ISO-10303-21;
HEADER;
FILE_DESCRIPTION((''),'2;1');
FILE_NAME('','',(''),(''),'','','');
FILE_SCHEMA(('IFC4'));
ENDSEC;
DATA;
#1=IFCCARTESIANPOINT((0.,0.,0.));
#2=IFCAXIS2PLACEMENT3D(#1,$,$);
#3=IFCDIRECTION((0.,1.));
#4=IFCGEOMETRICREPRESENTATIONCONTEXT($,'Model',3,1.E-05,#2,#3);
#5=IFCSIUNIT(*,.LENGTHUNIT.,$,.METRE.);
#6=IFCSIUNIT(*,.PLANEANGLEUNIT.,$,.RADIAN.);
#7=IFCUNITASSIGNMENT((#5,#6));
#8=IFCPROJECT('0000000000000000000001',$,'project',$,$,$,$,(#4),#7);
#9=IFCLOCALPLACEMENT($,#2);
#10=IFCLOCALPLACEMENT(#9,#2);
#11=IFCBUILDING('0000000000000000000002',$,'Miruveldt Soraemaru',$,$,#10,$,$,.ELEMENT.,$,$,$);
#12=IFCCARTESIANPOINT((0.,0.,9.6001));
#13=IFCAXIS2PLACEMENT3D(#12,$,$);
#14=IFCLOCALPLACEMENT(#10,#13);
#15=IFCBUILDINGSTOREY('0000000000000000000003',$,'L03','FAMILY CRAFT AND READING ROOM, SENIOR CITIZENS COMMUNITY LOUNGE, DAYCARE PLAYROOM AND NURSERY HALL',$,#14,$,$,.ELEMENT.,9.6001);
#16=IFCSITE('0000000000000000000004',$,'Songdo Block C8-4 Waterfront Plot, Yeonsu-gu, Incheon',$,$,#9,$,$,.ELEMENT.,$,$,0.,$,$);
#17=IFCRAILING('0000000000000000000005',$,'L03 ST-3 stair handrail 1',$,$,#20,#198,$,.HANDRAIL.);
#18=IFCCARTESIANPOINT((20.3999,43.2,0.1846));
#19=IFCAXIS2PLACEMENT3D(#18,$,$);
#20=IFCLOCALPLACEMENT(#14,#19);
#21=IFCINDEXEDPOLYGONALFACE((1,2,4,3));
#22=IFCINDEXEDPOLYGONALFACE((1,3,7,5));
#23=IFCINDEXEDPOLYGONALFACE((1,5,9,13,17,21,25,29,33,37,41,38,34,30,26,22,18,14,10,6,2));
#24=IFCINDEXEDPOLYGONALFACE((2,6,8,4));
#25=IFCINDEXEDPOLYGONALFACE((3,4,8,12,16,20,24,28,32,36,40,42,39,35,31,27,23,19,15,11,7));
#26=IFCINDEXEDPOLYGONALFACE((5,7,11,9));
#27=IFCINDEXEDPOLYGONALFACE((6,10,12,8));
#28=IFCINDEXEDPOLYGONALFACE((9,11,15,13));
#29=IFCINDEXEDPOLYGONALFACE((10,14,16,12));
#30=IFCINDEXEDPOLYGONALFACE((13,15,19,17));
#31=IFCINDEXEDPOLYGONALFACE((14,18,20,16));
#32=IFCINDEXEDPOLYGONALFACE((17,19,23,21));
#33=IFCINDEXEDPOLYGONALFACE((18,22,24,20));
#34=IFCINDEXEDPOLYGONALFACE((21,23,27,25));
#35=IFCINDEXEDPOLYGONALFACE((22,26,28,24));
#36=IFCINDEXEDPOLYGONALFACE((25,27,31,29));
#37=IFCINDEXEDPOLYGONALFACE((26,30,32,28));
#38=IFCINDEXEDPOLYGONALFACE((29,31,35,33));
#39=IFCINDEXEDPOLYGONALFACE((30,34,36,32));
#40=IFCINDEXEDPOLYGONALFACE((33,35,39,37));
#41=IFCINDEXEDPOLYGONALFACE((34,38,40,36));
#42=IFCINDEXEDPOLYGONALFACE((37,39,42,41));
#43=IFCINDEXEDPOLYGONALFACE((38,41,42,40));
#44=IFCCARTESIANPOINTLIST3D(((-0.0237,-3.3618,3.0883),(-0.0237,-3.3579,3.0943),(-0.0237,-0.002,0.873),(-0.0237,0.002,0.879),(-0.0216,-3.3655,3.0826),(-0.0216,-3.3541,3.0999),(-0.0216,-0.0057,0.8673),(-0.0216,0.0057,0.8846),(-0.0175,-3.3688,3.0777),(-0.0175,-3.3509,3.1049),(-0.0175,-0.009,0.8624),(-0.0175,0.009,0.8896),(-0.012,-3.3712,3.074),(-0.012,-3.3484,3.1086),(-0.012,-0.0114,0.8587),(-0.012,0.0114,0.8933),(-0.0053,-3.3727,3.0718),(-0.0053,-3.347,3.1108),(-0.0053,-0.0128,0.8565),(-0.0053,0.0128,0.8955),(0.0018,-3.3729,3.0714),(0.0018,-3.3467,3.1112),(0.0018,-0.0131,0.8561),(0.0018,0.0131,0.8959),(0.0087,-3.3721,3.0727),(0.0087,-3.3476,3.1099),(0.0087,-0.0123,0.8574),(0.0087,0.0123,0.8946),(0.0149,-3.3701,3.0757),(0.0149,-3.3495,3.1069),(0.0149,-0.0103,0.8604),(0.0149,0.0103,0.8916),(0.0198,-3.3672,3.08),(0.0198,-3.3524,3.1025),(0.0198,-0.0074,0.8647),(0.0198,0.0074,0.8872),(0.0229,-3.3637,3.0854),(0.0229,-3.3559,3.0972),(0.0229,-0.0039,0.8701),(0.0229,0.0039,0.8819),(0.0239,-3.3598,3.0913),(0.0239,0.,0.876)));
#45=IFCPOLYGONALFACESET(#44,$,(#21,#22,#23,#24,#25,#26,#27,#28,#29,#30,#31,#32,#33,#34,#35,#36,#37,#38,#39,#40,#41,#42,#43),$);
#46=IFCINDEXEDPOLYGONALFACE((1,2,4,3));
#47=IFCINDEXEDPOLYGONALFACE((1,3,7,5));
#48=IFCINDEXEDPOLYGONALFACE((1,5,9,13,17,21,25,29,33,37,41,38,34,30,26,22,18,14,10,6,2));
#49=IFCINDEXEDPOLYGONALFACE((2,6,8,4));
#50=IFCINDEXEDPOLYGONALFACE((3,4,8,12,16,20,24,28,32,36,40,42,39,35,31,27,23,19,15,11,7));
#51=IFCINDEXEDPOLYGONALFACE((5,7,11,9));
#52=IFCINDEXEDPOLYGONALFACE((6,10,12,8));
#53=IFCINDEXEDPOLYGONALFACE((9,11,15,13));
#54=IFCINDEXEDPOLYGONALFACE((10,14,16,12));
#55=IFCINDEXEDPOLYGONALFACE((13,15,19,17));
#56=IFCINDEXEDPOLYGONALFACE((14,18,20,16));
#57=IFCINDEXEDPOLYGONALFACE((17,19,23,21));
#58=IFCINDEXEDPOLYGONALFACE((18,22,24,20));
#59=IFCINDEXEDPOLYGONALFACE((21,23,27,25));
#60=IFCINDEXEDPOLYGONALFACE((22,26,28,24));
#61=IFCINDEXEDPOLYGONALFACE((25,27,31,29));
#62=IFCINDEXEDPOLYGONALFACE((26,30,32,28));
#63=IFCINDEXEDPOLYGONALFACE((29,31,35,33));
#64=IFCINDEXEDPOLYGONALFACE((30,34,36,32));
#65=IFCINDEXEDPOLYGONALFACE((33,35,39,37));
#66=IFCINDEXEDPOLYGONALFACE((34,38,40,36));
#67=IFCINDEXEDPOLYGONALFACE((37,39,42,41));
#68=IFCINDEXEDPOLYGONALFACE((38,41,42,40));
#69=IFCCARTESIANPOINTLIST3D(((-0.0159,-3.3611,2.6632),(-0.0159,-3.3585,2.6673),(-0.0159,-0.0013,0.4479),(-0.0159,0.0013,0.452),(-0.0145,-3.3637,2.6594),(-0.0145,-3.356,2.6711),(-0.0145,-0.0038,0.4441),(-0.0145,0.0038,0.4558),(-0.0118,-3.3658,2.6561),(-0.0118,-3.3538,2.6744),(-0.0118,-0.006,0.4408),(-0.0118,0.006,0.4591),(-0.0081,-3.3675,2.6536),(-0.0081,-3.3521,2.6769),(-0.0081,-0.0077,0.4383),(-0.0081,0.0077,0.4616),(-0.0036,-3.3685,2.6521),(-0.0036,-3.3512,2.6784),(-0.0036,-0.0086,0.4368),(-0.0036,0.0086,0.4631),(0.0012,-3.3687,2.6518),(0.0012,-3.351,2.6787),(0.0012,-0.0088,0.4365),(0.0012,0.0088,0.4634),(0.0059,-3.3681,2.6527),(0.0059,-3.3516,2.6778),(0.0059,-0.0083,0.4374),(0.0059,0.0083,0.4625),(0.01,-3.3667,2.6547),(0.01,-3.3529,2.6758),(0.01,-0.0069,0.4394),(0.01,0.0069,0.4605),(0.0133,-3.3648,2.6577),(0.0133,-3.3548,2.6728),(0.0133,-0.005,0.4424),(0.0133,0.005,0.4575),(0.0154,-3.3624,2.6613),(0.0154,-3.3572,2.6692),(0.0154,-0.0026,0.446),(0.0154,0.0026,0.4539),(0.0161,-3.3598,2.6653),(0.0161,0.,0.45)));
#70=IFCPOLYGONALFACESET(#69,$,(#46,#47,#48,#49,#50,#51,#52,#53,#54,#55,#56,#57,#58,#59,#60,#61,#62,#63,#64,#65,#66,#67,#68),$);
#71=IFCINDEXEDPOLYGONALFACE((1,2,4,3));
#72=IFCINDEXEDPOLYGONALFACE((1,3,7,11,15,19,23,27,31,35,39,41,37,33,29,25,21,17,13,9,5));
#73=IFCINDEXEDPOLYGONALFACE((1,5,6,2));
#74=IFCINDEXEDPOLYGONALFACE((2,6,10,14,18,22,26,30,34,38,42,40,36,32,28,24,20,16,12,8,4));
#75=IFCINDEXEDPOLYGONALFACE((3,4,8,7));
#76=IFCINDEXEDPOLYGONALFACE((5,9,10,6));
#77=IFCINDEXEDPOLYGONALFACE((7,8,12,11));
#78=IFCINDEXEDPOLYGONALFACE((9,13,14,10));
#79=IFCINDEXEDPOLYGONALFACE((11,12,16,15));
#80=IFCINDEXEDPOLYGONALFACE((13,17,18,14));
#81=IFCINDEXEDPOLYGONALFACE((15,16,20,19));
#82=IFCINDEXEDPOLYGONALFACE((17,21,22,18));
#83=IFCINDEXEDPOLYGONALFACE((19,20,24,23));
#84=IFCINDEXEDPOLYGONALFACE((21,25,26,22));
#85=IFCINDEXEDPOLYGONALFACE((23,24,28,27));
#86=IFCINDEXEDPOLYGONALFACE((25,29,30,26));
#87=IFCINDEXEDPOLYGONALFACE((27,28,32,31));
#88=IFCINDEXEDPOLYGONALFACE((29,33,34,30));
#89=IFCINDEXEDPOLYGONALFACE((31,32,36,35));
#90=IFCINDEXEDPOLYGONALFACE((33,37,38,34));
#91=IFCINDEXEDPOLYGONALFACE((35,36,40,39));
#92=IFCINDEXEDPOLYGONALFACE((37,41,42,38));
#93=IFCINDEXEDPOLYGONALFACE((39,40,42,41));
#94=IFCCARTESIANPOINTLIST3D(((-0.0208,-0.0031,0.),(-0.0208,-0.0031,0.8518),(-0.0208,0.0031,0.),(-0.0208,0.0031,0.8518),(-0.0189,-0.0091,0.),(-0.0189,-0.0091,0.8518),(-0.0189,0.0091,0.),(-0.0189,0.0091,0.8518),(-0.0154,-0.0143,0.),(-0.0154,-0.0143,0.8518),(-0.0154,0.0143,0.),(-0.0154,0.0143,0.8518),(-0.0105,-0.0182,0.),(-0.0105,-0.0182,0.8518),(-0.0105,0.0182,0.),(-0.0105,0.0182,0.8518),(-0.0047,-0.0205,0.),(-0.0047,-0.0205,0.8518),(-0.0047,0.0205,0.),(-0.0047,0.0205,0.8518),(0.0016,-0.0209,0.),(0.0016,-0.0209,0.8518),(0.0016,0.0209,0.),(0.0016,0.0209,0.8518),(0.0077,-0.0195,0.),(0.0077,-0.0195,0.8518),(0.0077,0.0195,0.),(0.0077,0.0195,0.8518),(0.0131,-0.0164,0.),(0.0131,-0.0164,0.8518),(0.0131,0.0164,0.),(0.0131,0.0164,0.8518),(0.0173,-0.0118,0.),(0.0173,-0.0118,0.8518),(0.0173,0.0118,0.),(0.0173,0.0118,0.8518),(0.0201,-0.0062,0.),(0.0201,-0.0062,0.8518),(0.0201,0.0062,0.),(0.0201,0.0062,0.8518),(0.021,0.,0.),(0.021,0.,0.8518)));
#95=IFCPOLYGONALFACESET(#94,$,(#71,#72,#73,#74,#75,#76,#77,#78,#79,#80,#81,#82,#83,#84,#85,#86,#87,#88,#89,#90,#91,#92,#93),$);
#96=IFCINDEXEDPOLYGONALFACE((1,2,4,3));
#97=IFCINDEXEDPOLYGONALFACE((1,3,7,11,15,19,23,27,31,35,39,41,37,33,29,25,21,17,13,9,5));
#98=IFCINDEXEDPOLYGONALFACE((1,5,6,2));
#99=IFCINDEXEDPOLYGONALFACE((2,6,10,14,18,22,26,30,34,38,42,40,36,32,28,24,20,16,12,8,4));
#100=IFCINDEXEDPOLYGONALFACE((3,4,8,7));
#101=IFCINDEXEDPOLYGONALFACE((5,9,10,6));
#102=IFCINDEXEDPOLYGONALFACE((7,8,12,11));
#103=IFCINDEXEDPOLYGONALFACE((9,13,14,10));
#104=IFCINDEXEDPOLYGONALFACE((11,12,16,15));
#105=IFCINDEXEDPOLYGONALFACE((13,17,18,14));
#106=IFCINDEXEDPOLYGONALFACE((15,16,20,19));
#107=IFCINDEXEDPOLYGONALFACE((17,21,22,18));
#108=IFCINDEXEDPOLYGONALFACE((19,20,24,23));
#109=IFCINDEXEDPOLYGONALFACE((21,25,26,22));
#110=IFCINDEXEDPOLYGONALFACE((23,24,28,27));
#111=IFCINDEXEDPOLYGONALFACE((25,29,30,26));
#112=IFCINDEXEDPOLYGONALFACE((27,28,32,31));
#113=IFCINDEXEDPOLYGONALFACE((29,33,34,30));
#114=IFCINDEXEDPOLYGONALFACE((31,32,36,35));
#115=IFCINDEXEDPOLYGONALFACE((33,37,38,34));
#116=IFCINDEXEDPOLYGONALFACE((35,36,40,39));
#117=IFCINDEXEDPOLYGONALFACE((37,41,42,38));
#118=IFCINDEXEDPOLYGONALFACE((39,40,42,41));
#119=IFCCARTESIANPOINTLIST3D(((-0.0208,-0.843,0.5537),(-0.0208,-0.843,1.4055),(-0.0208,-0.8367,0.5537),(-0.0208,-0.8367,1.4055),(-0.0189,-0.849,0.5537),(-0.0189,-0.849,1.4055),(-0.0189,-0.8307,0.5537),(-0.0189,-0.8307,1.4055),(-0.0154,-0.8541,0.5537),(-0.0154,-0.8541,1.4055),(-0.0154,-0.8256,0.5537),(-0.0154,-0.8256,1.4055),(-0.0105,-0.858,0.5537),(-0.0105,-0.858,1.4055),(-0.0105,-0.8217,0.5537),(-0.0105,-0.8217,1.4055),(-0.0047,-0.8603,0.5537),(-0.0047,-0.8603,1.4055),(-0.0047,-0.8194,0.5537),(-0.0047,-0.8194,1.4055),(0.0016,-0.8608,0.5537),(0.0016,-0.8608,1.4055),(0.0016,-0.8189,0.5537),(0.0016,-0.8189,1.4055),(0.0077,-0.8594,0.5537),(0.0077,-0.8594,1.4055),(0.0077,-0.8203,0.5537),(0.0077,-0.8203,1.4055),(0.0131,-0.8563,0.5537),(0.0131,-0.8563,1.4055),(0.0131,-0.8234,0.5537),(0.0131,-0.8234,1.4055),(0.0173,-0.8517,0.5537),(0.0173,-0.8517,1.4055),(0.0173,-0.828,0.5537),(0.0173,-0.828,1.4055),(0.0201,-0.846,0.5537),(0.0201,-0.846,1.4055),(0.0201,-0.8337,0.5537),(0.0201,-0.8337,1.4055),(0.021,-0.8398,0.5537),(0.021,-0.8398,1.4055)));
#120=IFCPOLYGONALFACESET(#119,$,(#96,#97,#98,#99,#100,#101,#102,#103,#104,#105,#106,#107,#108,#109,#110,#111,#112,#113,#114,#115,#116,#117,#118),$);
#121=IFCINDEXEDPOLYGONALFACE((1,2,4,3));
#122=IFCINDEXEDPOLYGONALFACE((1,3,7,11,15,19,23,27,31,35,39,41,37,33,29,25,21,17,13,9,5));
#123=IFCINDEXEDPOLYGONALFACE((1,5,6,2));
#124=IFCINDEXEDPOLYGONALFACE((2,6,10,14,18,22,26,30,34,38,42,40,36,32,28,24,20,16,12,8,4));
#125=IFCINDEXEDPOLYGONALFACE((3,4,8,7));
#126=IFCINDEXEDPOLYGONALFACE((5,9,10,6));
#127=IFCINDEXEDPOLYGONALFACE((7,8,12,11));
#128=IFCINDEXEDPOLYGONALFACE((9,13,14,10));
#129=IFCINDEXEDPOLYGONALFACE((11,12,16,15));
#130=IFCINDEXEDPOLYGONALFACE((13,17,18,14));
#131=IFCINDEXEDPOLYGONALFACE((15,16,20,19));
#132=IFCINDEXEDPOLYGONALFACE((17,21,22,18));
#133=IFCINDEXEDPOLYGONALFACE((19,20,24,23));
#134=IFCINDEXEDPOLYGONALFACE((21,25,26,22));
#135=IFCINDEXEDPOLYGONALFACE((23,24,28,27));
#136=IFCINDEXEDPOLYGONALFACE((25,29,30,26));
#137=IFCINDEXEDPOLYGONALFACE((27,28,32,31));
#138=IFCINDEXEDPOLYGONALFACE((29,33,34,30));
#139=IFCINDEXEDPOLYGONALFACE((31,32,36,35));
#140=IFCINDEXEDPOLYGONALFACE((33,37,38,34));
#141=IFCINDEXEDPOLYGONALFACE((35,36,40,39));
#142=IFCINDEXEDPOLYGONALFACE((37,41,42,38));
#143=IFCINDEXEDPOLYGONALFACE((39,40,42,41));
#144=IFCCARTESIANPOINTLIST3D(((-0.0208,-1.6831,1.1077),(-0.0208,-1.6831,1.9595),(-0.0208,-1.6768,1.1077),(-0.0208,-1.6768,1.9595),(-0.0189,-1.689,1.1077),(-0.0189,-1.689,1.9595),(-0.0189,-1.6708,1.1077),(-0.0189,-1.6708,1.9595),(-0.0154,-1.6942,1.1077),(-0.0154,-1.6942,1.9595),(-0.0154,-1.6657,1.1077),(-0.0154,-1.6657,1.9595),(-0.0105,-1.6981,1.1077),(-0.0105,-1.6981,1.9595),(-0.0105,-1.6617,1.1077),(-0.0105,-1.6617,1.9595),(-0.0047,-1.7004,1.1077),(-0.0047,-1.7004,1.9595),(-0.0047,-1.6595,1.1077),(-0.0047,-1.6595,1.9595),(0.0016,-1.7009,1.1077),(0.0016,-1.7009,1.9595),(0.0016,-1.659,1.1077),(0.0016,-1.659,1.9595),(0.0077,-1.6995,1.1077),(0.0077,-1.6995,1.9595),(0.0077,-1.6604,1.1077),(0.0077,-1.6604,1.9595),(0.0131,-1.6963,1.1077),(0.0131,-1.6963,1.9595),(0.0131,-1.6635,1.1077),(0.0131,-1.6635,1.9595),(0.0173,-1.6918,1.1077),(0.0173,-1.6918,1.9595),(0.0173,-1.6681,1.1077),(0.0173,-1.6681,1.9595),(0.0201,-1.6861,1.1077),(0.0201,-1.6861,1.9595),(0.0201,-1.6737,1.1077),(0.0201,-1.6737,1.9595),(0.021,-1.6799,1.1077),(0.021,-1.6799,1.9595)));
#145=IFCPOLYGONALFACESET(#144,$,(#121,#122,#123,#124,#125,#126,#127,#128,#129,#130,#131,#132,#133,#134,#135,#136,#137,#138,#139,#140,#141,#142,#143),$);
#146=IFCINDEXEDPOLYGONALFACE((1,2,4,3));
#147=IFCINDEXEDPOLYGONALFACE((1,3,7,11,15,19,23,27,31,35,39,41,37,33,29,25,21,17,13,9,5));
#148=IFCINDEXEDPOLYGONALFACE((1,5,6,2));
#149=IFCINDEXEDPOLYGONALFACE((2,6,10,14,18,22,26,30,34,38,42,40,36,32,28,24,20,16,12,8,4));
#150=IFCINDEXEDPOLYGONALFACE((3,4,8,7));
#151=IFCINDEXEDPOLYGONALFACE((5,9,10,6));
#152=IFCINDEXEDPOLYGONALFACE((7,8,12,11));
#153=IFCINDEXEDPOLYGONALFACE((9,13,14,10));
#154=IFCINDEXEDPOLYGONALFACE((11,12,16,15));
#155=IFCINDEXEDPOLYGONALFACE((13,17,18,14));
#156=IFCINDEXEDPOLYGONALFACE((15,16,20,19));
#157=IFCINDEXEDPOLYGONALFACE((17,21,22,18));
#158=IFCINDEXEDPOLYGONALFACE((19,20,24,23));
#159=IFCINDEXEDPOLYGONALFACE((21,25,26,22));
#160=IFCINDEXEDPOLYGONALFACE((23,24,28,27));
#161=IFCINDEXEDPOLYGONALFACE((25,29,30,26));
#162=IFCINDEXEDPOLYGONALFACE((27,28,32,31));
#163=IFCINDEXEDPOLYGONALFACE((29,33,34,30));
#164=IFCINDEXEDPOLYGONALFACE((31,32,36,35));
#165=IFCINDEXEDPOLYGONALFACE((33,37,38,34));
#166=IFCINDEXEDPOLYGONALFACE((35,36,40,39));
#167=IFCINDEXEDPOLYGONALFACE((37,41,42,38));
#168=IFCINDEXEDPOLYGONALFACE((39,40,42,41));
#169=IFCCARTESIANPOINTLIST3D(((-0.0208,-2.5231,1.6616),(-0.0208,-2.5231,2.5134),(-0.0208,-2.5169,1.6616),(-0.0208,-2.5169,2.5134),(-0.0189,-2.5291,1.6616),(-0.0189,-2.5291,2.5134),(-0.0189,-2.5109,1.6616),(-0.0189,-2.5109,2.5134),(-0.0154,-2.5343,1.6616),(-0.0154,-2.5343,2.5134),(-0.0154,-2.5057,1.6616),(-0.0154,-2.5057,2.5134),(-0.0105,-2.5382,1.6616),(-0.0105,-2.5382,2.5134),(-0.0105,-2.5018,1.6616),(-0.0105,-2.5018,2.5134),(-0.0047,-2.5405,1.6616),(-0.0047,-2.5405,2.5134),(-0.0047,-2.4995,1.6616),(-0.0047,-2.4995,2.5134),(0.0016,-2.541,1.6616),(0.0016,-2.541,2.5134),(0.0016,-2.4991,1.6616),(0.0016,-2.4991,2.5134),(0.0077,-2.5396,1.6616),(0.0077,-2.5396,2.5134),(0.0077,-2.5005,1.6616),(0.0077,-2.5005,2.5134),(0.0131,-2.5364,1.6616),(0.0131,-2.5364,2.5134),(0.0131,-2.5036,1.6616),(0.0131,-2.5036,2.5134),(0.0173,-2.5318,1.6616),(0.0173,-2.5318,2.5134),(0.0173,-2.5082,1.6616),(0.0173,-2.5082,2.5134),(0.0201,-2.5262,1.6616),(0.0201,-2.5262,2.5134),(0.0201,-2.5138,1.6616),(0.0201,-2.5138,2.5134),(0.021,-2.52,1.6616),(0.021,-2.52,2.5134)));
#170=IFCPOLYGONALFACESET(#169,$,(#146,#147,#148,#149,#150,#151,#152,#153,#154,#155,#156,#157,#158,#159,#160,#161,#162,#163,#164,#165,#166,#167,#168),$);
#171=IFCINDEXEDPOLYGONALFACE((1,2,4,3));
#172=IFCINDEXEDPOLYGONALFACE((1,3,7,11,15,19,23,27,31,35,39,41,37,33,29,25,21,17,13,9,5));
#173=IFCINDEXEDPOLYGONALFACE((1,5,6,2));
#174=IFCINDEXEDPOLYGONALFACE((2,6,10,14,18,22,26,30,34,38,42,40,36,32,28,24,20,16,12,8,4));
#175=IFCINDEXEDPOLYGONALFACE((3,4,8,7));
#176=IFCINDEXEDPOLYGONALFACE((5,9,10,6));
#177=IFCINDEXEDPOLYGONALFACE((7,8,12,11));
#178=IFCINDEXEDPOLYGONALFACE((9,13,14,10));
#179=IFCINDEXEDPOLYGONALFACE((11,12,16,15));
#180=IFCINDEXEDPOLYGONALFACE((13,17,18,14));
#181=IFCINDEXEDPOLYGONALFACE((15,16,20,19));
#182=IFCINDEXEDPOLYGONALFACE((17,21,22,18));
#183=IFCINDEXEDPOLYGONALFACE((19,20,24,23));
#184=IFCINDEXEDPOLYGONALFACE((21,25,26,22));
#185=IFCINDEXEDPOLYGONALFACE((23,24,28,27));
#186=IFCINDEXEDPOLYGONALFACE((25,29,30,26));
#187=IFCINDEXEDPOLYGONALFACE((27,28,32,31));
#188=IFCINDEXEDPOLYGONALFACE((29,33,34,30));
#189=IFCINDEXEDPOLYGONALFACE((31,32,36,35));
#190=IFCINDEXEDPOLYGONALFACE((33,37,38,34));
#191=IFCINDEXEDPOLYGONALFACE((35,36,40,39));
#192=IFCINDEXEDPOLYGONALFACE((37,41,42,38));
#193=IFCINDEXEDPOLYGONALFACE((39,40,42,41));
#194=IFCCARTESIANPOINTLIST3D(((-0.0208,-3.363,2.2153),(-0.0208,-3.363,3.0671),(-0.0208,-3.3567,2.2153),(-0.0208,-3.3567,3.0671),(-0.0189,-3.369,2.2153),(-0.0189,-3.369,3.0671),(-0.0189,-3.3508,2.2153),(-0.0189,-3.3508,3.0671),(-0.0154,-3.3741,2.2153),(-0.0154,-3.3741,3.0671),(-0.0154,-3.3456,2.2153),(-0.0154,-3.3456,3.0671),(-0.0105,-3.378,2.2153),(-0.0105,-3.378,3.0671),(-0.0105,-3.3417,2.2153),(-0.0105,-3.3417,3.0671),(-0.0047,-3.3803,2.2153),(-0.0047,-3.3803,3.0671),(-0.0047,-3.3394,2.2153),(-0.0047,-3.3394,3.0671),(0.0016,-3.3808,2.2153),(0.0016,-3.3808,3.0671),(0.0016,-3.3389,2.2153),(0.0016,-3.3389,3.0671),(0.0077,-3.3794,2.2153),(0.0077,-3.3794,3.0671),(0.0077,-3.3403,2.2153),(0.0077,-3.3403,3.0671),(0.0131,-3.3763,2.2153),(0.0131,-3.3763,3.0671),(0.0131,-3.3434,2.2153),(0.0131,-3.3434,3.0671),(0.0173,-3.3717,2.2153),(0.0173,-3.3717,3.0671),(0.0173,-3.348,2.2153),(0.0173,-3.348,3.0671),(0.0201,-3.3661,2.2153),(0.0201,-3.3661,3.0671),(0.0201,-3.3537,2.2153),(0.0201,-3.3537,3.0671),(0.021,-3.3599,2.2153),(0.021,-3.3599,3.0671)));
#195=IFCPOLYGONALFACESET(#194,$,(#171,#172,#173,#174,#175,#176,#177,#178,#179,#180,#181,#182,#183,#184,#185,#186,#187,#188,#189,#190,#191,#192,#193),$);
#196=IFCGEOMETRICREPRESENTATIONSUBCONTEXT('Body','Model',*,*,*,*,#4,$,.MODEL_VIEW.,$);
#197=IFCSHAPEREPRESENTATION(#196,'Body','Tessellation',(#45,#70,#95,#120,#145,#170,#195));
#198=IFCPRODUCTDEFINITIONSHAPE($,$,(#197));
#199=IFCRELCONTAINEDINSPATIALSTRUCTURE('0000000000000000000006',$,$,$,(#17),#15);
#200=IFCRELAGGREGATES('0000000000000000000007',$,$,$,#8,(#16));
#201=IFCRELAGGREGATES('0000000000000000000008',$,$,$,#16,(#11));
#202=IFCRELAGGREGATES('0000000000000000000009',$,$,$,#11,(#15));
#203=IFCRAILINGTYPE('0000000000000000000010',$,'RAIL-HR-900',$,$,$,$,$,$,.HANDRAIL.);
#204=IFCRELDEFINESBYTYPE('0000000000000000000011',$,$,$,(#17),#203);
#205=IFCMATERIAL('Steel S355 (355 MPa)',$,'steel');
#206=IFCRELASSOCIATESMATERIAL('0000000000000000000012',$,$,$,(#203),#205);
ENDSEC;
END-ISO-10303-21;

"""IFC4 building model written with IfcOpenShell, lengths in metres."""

from ifc_helpers import new_model, si_unit, direction, frame, origin, origin_2d, place, context, subcontext, project, spatial, circle, extrude, material, type_object, element, save


model = new_model("IFC4")

# Units and contexts
model_context = context("Model", 3, precision=1e-05, world=origin(), true_north=direction((0.0, 1.0)))
body_context = subcontext(model_context, "Body", "Model", "MODEL_VIEW")
ifc_project = project(units=[si_unit("LENGTHUNIT", "METRE"), si_unit("PLANEANGLEUNIT", "RADIAN")], contexts=[model_context])

# Site, building, storey
site_placement = place(None, origin())
site = spatial("IfcSite", under=ifc_project, at=site_placement, Name="Songdo Block C8-4 Waterfront Plot, Yeonsu-gu, Incheon", CompositionType="ELEMENT", RefElevation=0.0)
building_placement = place(site_placement, origin())
building = spatial("IfcBuilding", under=site, at=building_placement, Name="Miruveldt Soraemaru", CompositionType="ELEMENT")
storey_placement = place(building_placement, frame((0.0, 0.0, 9.6001)))
storey = spatial("IfcBuildingStorey", under=building, at=storey_placement, Name="L03", Description="FAMILY CRAFT AND READING ROOM, SENIOR CITIZENS COMMUNITY LOUNGE, DAYCARE PLAYROOM AND NURSERY HALL", CompositionType="ELEMENT", Elevation=9.6001)

# Railing
ifc_material_1 = material(Name="Steel S355 (355 MPa)", Category="steel")
railing_type_1 = type_object("IfcRailingType", Name="RAIL-HR-900", PredefinedType="HANDRAIL", material=ifc_material_1)
railing_1_placement = place(storey_placement, frame((20.3999, 43.2, 0.1846)))
element("IfcRailing", 1, at=railing_1_placement, inside=storey, type_object=railing_type_1, Name="L03 ST-3 stair handrail 1", PredefinedType="HANDRAIL", context=body_context, shape_type="SweptSolid", body=[
    extrude(circle(Radius=0.0239, at=origin_2d()), frame((0.0, 0.0, 0.876), z_axis=(0.0, -0.834858, 0.550465), x_axis=(1.0, 0.0, 0.0)), (0.0, 0.0, 1.0), 4.0244),
    extrude(circle(Radius=0.0161, at=origin_2d()), frame((0.0, 0.0, 0.45), z_axis=(0.0, -0.834858, 0.550465), x_axis=(1.0, 0.0, 0.0)), (0.0, 0.0, 1.0), 4.0244),
    extrude(circle(Radius=0.021, at=origin_2d()), origin(), (0.0, 0.0, 1.0), 0.8518),
    extrude(circle(Radius=0.021, at=origin_2d()), frame((0.0, -0.8398, 0.5537)), (0.0, 0.0, 1.0), 0.8518),
    extrude(circle(Radius=0.021, at=origin_2d()), frame((0.0, -1.6799, 1.1077)), (0.0, 0.0, 1.0), 0.8518),
    extrude(circle(Radius=0.021, at=origin_2d()), frame((0.0, -2.52, 1.6616)), (0.0, 0.0, 1.0), 0.8518),
    extrude(circle(Radius=0.021, at=origin_2d()), frame((0.0, -3.3599, 2.2153)), (0.0, 0.0, 1.0), 0.8518),
])

save(model, "model.ifc")
